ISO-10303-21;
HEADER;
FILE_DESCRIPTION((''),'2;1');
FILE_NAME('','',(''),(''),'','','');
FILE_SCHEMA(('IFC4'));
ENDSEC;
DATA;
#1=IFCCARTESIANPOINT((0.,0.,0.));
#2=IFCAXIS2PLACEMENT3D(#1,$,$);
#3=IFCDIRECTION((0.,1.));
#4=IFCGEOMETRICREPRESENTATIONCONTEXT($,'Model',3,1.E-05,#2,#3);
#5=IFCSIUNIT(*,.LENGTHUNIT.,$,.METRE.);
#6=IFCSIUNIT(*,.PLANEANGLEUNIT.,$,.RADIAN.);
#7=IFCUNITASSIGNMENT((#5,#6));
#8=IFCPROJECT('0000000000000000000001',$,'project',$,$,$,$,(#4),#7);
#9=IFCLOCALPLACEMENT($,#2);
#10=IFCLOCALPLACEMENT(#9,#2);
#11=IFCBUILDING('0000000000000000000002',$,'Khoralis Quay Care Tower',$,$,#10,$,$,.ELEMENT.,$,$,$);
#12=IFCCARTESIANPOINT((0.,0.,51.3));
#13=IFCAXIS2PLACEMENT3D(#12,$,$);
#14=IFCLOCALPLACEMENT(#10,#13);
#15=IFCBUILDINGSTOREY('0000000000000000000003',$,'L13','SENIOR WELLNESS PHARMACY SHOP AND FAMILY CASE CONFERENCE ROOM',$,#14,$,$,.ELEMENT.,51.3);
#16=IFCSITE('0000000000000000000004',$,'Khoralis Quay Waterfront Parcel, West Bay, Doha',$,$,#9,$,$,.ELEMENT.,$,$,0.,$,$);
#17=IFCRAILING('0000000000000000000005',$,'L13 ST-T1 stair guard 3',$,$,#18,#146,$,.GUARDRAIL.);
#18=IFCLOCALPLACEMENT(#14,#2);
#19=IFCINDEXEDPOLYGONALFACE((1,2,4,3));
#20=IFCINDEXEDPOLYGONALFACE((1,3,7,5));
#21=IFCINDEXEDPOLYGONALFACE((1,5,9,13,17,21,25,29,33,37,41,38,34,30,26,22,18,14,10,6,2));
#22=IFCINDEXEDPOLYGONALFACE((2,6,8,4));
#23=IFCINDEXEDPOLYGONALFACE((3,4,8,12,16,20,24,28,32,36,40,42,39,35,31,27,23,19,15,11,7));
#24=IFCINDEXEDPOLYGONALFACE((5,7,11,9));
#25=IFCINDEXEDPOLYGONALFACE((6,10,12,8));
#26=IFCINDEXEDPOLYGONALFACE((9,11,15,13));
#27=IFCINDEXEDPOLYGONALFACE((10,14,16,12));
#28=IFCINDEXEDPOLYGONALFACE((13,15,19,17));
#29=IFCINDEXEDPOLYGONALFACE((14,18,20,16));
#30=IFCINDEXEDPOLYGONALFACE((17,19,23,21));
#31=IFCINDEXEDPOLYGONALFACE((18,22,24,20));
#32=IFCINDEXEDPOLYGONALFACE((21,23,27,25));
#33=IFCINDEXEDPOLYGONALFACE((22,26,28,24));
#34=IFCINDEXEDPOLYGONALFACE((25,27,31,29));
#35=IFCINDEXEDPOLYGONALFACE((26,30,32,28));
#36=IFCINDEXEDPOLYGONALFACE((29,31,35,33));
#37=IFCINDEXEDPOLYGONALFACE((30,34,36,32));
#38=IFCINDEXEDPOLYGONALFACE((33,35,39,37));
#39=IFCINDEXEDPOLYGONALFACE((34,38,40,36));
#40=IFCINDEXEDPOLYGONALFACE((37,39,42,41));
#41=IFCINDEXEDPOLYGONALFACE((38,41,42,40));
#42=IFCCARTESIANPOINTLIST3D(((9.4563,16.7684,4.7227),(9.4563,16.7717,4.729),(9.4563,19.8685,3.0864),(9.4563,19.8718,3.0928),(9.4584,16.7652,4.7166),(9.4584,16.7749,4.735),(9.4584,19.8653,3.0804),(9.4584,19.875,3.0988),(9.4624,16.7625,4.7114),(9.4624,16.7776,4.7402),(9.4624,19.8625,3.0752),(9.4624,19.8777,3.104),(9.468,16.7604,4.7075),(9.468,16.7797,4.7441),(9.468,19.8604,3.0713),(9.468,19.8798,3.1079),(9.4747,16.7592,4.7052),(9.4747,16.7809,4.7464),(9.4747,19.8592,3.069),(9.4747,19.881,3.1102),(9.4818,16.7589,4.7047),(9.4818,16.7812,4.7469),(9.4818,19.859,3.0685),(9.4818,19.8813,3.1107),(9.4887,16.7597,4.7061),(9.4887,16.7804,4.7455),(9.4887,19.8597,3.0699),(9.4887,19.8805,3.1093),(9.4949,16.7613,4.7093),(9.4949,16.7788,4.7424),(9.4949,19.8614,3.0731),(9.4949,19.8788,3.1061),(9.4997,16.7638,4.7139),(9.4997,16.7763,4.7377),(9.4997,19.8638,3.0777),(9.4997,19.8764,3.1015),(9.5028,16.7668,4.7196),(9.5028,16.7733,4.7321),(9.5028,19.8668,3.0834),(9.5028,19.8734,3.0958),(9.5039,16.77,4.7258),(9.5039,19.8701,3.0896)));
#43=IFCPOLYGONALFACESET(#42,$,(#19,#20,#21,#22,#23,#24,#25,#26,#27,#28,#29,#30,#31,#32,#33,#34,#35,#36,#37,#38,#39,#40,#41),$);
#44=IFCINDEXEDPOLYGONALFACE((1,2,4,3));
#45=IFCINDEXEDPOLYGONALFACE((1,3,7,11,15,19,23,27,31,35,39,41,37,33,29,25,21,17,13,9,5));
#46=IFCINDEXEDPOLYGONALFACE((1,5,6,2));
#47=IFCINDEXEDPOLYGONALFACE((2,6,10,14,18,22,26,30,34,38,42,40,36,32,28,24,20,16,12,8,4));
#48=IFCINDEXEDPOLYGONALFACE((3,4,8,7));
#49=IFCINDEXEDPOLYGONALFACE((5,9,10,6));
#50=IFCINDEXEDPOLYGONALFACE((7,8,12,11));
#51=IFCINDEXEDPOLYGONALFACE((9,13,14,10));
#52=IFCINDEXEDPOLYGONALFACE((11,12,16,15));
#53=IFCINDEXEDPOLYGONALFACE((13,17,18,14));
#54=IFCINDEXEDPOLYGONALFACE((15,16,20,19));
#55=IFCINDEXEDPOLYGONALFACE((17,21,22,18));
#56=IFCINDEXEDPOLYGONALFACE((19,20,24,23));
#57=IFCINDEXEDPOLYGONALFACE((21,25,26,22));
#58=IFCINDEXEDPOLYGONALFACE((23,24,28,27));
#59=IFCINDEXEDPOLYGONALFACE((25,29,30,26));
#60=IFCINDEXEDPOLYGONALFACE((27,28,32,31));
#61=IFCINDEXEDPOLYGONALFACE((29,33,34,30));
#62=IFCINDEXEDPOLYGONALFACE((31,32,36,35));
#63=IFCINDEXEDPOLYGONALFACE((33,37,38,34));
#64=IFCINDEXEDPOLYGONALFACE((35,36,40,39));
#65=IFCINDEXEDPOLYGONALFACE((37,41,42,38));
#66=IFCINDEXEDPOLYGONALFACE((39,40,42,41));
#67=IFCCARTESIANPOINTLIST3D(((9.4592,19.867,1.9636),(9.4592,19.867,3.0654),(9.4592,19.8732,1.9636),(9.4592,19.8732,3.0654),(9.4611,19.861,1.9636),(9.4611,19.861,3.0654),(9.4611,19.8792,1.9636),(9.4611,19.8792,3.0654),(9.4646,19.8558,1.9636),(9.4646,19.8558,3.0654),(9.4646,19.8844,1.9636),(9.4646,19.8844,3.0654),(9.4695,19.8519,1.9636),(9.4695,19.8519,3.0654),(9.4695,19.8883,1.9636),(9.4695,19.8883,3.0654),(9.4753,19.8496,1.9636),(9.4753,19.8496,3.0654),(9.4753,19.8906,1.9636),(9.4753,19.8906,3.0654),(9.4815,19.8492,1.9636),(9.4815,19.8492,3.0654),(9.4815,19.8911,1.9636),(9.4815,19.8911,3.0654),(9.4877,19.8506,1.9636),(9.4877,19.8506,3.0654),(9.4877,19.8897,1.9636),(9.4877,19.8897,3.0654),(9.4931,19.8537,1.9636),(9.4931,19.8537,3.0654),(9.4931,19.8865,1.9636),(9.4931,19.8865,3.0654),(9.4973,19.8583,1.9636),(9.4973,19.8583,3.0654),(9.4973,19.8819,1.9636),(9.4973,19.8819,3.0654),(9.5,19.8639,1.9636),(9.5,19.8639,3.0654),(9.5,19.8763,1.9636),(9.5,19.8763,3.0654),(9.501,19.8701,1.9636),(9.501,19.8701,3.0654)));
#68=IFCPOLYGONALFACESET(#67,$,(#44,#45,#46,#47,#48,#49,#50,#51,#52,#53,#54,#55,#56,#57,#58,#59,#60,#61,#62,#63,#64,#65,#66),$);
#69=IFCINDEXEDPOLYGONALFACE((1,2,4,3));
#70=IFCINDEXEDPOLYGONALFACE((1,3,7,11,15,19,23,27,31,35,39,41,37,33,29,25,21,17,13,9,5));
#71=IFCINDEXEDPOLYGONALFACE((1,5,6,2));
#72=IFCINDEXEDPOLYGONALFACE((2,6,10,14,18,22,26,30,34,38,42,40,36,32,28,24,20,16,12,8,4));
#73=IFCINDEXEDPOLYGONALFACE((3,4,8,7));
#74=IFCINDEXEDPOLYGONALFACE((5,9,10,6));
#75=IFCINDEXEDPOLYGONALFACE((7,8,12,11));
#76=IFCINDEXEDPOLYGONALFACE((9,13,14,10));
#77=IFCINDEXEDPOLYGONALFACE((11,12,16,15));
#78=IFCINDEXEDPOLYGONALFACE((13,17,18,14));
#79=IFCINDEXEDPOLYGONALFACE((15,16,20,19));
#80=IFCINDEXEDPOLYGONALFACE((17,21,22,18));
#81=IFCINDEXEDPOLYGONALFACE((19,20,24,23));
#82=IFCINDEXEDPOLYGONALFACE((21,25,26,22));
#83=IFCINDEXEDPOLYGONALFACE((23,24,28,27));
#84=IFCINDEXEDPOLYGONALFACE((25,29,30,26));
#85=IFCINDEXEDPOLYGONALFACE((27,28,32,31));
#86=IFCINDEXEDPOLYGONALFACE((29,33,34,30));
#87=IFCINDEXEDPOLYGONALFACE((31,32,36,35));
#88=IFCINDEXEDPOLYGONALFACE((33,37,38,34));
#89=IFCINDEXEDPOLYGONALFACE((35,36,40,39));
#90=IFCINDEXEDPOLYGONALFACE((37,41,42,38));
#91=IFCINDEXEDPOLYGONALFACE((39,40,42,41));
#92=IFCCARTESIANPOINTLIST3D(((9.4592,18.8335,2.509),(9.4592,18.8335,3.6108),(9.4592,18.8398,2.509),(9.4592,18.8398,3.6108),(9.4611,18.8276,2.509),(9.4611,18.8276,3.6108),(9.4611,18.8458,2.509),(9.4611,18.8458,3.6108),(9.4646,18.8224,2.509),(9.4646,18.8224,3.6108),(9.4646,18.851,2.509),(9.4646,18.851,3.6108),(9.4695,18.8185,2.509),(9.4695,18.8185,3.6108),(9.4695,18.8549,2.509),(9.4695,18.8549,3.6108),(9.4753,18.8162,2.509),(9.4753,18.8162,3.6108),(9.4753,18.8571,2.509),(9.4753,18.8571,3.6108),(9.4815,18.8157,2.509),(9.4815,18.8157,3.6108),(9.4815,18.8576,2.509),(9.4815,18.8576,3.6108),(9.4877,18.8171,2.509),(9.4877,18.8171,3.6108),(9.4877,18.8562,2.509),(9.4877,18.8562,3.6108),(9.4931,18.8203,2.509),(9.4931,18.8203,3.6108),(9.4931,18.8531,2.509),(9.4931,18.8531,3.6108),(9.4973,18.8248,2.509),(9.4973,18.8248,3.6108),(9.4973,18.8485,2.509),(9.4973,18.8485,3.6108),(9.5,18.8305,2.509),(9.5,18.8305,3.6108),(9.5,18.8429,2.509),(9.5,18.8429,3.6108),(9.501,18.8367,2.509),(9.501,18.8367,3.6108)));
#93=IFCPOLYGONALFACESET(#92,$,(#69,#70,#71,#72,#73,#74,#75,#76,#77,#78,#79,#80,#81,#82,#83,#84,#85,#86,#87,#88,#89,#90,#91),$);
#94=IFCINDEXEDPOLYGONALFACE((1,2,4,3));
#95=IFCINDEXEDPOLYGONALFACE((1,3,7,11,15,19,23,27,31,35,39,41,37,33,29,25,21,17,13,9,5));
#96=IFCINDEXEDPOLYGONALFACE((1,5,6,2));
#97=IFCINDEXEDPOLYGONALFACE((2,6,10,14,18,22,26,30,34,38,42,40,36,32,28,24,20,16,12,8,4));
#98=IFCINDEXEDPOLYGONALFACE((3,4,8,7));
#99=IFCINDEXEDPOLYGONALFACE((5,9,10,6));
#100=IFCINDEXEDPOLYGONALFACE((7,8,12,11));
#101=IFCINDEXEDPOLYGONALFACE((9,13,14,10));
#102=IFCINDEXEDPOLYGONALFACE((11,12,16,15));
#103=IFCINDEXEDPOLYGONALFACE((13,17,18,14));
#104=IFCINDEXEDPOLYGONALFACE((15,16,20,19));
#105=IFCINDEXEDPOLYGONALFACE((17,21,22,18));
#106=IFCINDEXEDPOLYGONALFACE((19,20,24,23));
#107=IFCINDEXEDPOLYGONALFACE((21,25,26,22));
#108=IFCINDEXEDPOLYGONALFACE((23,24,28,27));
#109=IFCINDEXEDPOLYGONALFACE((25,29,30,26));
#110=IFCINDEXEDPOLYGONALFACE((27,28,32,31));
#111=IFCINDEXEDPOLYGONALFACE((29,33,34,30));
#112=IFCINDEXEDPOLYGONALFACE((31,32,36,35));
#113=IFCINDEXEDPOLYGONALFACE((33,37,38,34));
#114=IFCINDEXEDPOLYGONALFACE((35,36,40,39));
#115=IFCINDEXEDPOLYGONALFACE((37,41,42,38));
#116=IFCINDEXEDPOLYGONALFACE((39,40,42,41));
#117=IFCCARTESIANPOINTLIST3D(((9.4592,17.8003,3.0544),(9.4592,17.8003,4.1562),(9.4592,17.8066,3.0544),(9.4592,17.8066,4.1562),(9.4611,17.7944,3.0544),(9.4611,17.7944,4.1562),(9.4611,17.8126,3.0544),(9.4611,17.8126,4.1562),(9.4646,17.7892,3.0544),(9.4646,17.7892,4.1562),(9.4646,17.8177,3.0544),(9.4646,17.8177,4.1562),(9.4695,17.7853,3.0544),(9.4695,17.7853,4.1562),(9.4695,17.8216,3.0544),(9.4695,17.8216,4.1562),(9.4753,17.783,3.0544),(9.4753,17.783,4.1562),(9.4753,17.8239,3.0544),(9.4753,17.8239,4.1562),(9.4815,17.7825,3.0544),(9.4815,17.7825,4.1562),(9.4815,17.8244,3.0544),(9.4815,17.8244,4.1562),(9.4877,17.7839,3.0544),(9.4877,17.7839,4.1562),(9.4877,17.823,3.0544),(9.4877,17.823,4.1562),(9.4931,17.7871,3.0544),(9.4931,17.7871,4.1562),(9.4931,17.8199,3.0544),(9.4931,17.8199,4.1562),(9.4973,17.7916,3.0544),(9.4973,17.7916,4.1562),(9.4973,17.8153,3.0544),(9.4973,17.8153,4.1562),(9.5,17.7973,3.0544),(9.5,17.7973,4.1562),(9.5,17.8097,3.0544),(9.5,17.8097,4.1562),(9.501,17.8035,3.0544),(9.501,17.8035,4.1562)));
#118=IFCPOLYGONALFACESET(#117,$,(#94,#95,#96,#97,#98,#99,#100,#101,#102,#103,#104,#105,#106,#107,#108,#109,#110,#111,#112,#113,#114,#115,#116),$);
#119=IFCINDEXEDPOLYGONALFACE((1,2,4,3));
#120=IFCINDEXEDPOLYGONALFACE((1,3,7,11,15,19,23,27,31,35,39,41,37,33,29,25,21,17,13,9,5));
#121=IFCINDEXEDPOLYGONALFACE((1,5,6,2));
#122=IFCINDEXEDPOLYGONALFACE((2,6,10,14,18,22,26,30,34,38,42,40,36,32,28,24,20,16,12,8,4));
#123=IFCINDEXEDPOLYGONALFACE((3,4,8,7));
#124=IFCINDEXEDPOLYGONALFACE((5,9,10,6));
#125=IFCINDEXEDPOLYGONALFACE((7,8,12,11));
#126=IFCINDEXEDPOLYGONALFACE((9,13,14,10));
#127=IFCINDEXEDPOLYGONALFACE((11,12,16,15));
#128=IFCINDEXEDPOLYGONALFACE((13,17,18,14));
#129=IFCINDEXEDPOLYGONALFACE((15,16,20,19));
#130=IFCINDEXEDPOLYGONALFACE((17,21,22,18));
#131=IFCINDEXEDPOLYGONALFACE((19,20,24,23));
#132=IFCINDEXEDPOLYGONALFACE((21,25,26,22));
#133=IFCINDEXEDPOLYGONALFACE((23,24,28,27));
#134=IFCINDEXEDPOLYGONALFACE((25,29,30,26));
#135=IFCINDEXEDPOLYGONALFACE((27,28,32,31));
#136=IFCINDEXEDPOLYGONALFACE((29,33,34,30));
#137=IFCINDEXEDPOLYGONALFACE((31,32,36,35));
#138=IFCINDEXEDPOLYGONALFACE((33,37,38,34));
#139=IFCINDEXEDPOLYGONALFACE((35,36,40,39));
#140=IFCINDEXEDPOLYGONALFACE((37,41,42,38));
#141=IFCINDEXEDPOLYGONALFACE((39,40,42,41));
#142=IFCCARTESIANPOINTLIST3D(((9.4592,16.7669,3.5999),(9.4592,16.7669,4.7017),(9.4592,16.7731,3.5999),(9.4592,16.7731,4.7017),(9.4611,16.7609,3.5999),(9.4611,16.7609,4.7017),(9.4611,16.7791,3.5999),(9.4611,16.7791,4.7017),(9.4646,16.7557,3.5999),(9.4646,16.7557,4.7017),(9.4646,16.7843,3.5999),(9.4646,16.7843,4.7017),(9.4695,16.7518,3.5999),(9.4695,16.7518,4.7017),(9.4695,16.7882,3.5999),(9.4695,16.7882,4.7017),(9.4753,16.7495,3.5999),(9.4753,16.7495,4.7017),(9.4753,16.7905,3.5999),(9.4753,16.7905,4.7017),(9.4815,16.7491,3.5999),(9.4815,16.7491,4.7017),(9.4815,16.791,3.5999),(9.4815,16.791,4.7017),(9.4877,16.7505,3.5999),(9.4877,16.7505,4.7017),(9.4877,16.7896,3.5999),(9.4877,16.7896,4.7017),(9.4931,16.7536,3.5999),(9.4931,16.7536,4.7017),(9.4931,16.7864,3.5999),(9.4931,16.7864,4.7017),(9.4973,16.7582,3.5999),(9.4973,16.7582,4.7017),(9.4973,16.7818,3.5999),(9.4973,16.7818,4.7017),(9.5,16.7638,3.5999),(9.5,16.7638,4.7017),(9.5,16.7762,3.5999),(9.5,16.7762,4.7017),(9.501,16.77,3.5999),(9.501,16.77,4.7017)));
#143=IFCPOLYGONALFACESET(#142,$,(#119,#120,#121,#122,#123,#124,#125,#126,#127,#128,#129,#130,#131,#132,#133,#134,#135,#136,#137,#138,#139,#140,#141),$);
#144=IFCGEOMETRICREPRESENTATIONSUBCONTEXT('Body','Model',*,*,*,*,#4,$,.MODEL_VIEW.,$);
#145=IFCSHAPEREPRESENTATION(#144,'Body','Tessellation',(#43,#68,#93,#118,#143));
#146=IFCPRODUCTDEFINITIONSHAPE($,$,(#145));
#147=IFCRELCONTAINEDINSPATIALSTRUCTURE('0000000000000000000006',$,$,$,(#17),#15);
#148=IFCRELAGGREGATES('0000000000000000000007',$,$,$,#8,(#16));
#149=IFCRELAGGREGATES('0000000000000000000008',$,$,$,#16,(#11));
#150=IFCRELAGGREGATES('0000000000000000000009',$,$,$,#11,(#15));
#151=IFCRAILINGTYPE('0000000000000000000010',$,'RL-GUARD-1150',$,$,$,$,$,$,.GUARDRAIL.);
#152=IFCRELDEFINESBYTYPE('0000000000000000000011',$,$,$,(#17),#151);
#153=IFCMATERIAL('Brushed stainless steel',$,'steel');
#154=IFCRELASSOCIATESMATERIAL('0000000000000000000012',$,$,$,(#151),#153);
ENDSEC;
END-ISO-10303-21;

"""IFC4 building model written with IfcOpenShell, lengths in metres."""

from ifc_helpers import new_model, si_unit, direction, frame, origin, origin_2d, place, context, subcontext, project, spatial, circle, extrude, material, type_object, element, save


model = new_model("IFC4")

# Units and contexts
model_context = context("Model", 3, precision=1e-05, world=origin(), true_north=direction((0.0, 1.0)))
body_context = subcontext(model_context, "Body", "Model", "MODEL_VIEW")
ifc_project = project(units=[si_unit("LENGTHUNIT", "METRE"), si_unit("PLANEANGLEUNIT", "RADIAN")], contexts=[model_context])

# Site, building, storey
site_placement = place(None, origin())
site = spatial("IfcSite", under=ifc_project, at=site_placement, Name="Khoralis Quay Waterfront Parcel, West Bay, Doha", CompositionType="ELEMENT", RefElevation=0.0)
building_placement = place(site_placement, origin())
building = spatial("IfcBuilding", under=site, at=building_placement, Name="Khoralis Quay Care Tower", CompositionType="ELEMENT")
storey_placement = place(building_placement, frame((0.0, 0.0, 51.3)))
storey = spatial("IfcBuildingStorey", under=building, at=storey_placement, Name="L13", Description="SENIOR WELLNESS PHARMACY SHOP AND FAMILY CASE CONFERENCE ROOM", CompositionType="ELEMENT", Elevation=51.3)

# Shared definitions
ifc_material_1 = material(Name="Brushed stainless steel", Category="steel")

# Railing
railing_type_1 = type_object("IfcRailingType", Name="RL-GUARD-1150", PredefinedType="GUARDRAIL", material=ifc_material_1)
railing_1_placement = place(storey_placement, frame((9.48, 19.8701, 1.9636)))
element("IfcRailing", 1, at=railing_1_placement, inside=storey, type_object=railing_type_1, Name="L13 ST-T1 stair guard 3", PredefinedType="GUARDRAIL", context=body_context, shape_type="SweptSolid", body=[
    extrude(circle(Radius=0.0239, at=origin_2d()), frame((0.0, 0.0, 1.126), z_axis=(0.0, -0.884377, 0.466774), x_axis=(1.0, 0.0, 0.0)), (0.0, 0.0, 1.0), 3.5054),
    extrude(circle(Radius=0.021, at=origin_2d()), origin(), (0.0, 0.0, 1.0), 1.1018),
    extrude(circle(Radius=0.021, at=origin_2d()), frame((0.0, -1.0334, 0.5454)), (0.0, 0.0, 1.0), 1.1018),
    extrude(circle(Radius=0.021, at=origin_2d()), frame((0.0, -2.0667, 1.0908)), (0.0, 0.0, 1.0), 1.1018),
    extrude(circle(Radius=0.021, at=origin_2d()), frame((0.0, -3.1001, 1.6362)), (0.0, 0.0, 1.0), 1.1018),
])

save(model, "model.ifc")
